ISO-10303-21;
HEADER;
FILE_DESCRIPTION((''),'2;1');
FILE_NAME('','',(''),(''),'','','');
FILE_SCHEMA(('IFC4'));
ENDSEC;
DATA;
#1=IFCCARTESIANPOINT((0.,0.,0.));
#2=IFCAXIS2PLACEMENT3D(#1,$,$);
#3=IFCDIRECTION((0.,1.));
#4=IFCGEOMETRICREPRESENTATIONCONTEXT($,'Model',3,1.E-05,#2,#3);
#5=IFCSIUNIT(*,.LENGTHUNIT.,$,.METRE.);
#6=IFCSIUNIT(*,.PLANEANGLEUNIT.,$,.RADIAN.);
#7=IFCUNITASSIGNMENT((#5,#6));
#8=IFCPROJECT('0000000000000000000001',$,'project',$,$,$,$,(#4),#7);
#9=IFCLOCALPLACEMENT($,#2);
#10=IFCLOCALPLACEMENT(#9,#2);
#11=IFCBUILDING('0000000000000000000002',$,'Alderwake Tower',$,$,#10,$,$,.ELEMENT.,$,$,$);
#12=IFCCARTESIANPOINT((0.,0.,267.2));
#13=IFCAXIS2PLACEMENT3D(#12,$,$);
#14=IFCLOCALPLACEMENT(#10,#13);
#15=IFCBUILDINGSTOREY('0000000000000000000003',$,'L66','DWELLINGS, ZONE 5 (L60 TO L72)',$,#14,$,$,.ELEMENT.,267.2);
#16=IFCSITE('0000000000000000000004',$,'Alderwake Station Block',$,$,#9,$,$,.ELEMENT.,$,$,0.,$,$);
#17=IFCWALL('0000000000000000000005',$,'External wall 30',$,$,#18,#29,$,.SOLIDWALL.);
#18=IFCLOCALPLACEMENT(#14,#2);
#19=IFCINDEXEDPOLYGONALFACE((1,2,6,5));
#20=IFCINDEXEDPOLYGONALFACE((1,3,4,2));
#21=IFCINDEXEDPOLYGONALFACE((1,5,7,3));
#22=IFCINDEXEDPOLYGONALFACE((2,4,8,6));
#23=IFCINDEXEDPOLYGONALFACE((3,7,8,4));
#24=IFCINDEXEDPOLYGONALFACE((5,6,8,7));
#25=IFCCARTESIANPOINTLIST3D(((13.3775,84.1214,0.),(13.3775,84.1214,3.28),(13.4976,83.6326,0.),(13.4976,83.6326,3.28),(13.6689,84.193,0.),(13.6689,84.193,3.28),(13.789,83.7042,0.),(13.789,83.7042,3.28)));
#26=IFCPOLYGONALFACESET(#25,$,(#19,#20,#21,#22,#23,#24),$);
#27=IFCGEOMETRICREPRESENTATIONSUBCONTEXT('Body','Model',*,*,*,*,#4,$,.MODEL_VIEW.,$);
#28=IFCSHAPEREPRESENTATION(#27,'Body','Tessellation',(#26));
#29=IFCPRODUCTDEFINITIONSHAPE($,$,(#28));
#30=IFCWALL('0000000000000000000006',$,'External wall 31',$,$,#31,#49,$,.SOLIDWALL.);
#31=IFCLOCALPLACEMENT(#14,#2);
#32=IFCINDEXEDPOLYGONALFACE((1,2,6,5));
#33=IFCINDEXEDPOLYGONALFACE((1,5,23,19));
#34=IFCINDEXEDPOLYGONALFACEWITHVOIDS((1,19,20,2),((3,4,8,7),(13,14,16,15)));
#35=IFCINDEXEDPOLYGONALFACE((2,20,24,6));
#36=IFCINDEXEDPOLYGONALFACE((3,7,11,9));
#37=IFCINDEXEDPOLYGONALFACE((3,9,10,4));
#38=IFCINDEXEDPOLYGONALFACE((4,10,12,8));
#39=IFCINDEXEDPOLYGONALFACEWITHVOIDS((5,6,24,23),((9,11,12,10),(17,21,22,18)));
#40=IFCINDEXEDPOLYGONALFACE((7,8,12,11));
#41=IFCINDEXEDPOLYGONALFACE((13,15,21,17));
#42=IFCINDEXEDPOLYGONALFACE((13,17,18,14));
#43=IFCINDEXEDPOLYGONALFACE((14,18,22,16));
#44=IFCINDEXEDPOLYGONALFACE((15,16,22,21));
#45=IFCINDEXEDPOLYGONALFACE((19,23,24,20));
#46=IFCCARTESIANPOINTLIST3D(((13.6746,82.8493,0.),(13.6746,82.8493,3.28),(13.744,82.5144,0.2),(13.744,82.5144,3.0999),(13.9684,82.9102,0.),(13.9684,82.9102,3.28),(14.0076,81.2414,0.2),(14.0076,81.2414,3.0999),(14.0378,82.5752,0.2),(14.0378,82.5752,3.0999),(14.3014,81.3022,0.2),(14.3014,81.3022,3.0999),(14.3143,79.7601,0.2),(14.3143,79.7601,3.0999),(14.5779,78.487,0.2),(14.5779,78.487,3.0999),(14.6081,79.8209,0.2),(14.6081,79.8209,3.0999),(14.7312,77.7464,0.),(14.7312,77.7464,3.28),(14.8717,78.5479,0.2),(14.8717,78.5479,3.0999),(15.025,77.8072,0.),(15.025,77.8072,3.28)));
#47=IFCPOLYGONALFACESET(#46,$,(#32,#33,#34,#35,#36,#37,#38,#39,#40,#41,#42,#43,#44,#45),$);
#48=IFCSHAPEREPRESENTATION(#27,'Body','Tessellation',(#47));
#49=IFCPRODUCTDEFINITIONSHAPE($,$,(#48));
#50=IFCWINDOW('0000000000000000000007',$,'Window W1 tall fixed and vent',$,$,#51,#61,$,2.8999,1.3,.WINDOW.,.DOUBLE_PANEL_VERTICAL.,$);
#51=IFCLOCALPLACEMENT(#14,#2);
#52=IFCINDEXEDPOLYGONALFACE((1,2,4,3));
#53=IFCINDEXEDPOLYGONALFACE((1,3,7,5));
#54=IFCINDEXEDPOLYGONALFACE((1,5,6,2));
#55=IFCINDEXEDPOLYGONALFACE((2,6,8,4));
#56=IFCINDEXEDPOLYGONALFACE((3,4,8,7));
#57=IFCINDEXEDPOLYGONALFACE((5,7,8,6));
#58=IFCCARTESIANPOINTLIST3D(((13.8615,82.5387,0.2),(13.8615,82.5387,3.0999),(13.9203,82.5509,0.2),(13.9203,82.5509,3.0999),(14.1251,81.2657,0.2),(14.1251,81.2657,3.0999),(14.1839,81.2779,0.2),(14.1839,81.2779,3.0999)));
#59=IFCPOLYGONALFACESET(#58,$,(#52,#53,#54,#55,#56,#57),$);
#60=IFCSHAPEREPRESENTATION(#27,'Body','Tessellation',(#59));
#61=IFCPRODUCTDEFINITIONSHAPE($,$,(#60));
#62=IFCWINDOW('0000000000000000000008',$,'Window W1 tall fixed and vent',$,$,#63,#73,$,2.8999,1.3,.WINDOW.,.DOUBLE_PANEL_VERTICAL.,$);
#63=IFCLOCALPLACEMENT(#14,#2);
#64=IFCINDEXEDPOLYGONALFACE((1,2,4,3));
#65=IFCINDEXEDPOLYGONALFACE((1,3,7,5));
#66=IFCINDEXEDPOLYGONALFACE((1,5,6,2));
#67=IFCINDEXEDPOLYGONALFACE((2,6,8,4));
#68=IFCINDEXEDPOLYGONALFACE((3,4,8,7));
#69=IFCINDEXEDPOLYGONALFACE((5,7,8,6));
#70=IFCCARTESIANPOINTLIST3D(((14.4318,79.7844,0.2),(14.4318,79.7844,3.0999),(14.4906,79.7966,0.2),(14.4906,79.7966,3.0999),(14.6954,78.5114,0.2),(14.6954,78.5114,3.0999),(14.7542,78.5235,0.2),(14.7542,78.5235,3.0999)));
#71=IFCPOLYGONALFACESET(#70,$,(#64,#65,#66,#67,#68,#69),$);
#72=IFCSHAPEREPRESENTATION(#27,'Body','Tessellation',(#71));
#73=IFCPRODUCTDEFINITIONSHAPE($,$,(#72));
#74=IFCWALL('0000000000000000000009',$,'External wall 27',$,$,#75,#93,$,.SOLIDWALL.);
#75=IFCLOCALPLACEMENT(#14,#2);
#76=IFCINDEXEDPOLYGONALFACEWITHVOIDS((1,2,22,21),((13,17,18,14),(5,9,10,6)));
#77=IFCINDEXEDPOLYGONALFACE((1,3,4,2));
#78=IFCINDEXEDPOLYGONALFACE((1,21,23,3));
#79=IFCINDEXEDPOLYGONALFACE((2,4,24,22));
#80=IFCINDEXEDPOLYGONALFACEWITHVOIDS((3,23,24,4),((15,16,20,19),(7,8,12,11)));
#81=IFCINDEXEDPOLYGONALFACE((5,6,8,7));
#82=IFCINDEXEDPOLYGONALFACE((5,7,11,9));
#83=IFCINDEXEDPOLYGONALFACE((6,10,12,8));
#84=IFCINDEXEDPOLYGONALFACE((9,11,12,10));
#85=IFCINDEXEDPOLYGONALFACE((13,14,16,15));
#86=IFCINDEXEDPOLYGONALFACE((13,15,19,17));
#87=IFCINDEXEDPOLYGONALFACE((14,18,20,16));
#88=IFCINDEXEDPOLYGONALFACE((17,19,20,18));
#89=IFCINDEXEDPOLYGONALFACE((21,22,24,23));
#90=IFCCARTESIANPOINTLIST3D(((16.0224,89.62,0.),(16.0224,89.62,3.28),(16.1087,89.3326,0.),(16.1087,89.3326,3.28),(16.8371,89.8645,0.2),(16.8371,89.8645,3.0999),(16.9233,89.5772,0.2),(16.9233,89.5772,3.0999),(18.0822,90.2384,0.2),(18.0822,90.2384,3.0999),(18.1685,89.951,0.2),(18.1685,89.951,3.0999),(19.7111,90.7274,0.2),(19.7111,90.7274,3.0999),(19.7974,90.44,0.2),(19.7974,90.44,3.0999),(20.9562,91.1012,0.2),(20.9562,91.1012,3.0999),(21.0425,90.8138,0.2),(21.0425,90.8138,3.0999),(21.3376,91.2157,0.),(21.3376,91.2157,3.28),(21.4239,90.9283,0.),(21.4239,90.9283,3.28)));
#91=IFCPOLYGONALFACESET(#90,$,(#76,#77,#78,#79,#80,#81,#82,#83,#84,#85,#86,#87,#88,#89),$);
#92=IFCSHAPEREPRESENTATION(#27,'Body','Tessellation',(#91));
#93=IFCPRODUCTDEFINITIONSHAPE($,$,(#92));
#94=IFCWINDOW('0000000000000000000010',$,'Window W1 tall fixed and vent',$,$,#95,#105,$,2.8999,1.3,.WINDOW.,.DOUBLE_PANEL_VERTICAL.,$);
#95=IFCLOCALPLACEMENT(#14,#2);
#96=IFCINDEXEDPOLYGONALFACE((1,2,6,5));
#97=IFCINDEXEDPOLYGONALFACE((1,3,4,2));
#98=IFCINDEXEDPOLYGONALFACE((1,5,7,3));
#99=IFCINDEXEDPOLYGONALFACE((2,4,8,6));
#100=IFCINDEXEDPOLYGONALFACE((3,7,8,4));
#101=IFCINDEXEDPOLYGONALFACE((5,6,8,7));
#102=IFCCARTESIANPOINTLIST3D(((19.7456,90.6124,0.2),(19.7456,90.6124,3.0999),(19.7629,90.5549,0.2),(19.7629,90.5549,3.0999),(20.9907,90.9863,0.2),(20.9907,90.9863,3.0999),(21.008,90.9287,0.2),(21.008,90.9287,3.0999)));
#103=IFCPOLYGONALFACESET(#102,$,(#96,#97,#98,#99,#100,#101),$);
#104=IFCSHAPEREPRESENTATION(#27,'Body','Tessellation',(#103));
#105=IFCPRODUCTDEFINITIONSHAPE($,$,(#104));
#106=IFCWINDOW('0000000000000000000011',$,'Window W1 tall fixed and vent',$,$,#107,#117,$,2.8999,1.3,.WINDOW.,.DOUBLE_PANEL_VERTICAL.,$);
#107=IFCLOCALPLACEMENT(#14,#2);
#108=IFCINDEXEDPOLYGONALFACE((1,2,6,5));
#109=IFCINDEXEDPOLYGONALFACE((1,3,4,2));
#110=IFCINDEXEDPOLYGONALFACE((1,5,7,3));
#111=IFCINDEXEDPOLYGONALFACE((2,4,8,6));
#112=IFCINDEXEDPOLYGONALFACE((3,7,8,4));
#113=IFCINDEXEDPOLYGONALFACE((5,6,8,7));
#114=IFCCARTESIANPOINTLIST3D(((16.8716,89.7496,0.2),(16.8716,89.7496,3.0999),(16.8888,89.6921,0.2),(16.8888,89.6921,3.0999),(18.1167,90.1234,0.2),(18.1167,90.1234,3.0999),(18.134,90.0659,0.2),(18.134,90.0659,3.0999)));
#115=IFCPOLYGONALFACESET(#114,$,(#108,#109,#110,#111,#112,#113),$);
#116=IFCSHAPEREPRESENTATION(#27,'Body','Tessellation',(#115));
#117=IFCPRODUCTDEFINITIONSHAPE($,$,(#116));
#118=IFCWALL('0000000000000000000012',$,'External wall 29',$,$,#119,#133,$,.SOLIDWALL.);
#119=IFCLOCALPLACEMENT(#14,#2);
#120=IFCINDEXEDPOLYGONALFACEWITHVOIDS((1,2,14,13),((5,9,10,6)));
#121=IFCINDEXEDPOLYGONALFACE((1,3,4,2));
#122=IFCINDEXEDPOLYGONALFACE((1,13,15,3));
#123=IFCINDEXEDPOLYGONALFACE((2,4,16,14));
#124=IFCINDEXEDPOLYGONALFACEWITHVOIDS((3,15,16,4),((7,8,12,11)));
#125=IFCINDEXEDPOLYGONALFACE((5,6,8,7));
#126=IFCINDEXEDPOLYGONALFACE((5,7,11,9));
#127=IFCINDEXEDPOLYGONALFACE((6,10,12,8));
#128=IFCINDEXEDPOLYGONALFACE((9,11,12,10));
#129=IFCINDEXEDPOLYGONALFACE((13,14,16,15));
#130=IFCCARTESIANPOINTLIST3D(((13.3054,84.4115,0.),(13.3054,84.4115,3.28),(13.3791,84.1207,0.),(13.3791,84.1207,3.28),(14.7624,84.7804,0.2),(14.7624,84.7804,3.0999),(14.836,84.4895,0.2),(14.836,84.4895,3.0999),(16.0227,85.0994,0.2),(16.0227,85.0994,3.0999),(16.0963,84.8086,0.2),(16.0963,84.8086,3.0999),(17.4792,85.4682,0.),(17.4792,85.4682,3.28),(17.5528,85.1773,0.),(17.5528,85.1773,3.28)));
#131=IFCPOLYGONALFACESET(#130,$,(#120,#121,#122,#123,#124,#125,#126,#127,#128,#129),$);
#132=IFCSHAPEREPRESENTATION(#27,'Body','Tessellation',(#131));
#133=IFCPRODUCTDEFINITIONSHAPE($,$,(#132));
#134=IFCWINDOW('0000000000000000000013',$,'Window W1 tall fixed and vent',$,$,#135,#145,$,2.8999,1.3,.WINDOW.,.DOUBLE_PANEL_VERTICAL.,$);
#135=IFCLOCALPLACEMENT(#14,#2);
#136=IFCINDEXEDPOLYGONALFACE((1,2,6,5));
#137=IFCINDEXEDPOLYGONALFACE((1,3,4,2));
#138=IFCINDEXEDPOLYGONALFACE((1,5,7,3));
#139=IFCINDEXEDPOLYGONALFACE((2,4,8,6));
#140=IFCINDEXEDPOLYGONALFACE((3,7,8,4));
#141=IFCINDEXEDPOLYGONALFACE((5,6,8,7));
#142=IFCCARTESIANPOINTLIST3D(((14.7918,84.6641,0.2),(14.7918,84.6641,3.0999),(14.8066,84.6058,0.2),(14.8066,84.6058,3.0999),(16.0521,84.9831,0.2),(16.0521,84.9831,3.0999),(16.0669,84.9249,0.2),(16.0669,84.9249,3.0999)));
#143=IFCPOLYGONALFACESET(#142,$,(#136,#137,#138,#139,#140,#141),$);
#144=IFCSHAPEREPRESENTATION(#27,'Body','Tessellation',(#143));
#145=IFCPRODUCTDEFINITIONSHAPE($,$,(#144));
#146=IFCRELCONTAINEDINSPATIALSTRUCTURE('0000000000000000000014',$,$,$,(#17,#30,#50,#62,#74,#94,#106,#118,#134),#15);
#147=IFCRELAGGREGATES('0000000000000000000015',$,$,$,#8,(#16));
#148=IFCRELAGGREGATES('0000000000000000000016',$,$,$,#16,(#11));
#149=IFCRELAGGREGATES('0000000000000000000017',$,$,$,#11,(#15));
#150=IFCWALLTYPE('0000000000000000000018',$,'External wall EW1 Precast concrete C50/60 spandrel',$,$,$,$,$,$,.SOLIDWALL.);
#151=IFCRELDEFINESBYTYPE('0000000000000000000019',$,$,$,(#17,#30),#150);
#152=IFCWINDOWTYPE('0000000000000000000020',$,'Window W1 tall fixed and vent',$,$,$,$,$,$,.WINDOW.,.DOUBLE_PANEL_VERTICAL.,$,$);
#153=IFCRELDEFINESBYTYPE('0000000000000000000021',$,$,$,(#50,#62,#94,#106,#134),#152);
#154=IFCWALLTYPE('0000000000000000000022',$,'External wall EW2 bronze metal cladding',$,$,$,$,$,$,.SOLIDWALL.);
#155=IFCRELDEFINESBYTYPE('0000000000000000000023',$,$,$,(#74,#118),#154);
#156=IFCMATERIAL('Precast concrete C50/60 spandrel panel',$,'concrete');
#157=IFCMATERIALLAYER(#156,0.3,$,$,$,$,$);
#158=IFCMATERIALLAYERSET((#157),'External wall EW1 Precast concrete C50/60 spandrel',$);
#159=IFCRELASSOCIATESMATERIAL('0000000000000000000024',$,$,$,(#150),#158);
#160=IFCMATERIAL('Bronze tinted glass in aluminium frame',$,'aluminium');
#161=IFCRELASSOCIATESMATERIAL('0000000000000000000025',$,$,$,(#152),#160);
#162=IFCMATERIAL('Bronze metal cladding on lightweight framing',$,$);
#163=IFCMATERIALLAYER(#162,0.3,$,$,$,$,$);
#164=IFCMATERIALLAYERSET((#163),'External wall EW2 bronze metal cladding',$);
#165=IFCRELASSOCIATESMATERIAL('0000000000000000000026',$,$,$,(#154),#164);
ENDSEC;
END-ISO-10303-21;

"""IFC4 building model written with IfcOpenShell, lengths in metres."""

from ifc_helpers import new_model, si_unit, direction, frame, frame_2d, origin, place, context, subcontext, project, spatial, rectangle, extrude, material, layer, layer_set, type_object, element, fill, save


model = new_model("IFC4")

# Units and contexts
model_context = context("Model", 3, precision=1e-05, world=origin(), true_north=direction((0.0, 1.0)))
body_context = subcontext(model_context, "Body", "Model", "MODEL_VIEW")
ifc_project = project(units=[si_unit("LENGTHUNIT", "METRE"), si_unit("PLANEANGLEUNIT", "RADIAN")], contexts=[model_context])

# Site, building, storey
site_placement = place(None, origin())
site = spatial("IfcSite", under=ifc_project, at=site_placement, Name="Alderwake Station Block", CompositionType="ELEMENT", RefElevation=0.0)
building_placement = place(site_placement, origin())
building = spatial("IfcBuilding", under=site, at=building_placement, Name="Alderwake Tower", CompositionType="ELEMENT")
storey_placement = place(building_placement, frame((0.0, 0.0, 267.2)))
storey = spatial("IfcBuildingStorey", under=building, at=storey_placement, Name="L66", Description="DWELLINGS, ZONE 5 (L60 TO L72)", CompositionType="ELEMENT", Elevation=267.2)

# Wall
ifc_material_1 = material(Name="Precast concrete C50/60 spandrel panel", Category="concrete")
ifc_layer_1 = layer(ifc_material_1, 0.3)
ifc_layer_set_1 = layer_set([ifc_layer_1], Name="External wall EW1 Precast concrete C50/60 spandrel")
wall_type_1 = type_object("IfcWallType", Name="External wall EW1 Precast concrete C50/60 spandrel", PredefinedType="SOLIDWALL", material=ifc_layer_set_1)
wall_1_placement = place(storey_placement, frame((13.5232, 84.1572, 0.0), z_axis=(0.0, 0.0, 1.0), x_axis=(0.238653, -0.971105, 0.0)))
element("IfcWall", 1, at=wall_1_placement, inside=storey, type_object=wall_type_1, Name="External wall 30", PredefinedType="SOLIDWALL", context=body_context, shape_type="SweptSolid", body=[
    extrude(rectangle(XDim=0.5034, YDim=0.3, at=frame_2d((0.2517, 0.0))), origin(), (0.0, 0.0, 1.0), 3.28),
])

# Walls, openings, windows
wall_2_placement = place(storey_placement, frame((13.8215, 82.8796, 0.0), z_axis=(0.0, 0.0, 1.0), x_axis=(0.202761, -0.979228, 0.0)))
wall_2 = element("IfcWall", 2, at=wall_2_placement, inside=storey, type_object=wall_type_1, Name="External wall 31", PredefinedType="SOLIDWALL", context=body_context, shape_type="SweptSolid", body=[
    extrude(rectangle(XDim=5.2112, YDim=0.3, at=frame_2d((2.6055, 0.0))), origin(), (0.0, 0.0, 1.0), 3.28),
])
opening_1_placement = place(wall_2_placement, frame((0.342, 0.0, 0.2)))
opening_1 = element("IfcOpeningElement", 3, at=opening_1_placement, cuts=wall_2, PredefinedType="OPENING", context=body_context, shape_type="SweptSolid", body=[
    extrude(rectangle(XDim=1.3, YDim=2.8999, at=frame_2d((0.6499, 1.45))), frame((0.0, 0.1599, 0.0), z_axis=(0.0, -1.0, 0.0), x_axis=(1.0, 0.0, 0.0)), (0.0, 0.0, 1.0), 0.3201),
])
opening_2_placement = place(wall_2_placement, frame((3.1548, 0.0, 0.2)))
opening_2 = element("IfcOpeningElement", 4, at=opening_2_placement, cuts=wall_2, PredefinedType="OPENING", context=body_context, shape_type="SweptSolid", body=[
    extrude(rectangle(XDim=1.3, YDim=2.8999, at=frame_2d((0.6499, 1.45))), frame((0.0, 0.1599, 0.0), z_axis=(0.0, -1.0, 0.0), x_axis=(1.0, 0.0, 0.0)), (0.0, 0.0, 1.0), 0.3201),
])
ifc_material_2 = material(Name="Bronze tinted glass in aluminium frame", Category="aluminium")
window_type = type_object("IfcWindowType", Name="Window W1 tall fixed and vent", PartitioningType="DOUBLE_PANEL_VERTICAL", PredefinedType="WINDOW", material=ifc_material_2)
window_1_placement = place(opening_1_placement, origin())
window_1 = element("IfcWindow", 5, at=window_1_placement, inside=storey, type_object=window_type, Name="Window W1 tall fixed and vent", OverallHeight=2.8999, OverallWidth=1.3, PartitioningType="DOUBLE_PANEL_VERTICAL", PredefinedType="WINDOW", context=body_context, shape_type="SweptSolid", body=[
    extrude(rectangle(XDim=1.3, YDim=2.8999, at=frame_2d((0.6499, 1.45))), frame((0.0, 0.03, 0.0), z_axis=(0.0, -1.0, 0.0), x_axis=(1.0, 0.0, 0.0)), (0.0, 0.0, 1.0), 0.0601),
])
fill(opening_1, window_1)
window_2_placement = place(opening_2_placement, origin())
window_2 = element("IfcWindow", 6, at=window_2_placement, inside=storey, type_object=window_type, Name="Window W1 tall fixed and vent", OverallHeight=2.8999, OverallWidth=1.3, PartitioningType="DOUBLE_PANEL_VERTICAL", PredefinedType="WINDOW", context=body_context, shape_type="SweptSolid", body=[
    extrude(rectangle(XDim=1.3, YDim=2.8999, at=frame_2d((0.6499, 1.45))), frame((0.0, 0.03, 0.0), z_axis=(0.0, -1.0, 0.0), x_axis=(1.0, 0.0, 0.0)), (0.0, 0.0, 1.0), 0.0601),
])
fill(opening_2, window_2)
ifc_material_3 = material(Name="Bronze metal cladding on lightweight framing")
ifc_layer_2 = layer(ifc_material_3, 0.3)
ifc_layer_set_2 = layer_set([ifc_layer_2], Name="External wall EW2 bronze metal cladding")
wall_type_2 = type_object("IfcWallType", Name="External wall EW2 bronze metal cladding", PredefinedType="SOLIDWALL", material=ifc_layer_set_2)
wall_3_placement = place(storey_placement, frame((21.3809, 91.072, 0.0), z_axis=(0.0, 0.0, 1.0), x_axis=(-0.957769, -0.287538, 0.0)))
wall_3 = element("IfcWall", 7, at=wall_3_placement, inside=storey, type_object=wall_type_2, Name="External wall 27", PredefinedType="SOLIDWALL", context=body_context, shape_type="SweptSolid", body=[
    extrude(rectangle(XDim=5.5496, YDim=0.3, at=frame_2d((2.7749, 0.0))), origin(), (0.0, 0.0, 1.0), 3.28),
])
opening_3_placement = place(wall_3_placement, frame((0.3984, 0.0, 0.2)))
opening_3 = element("IfcOpeningElement", 8, at=opening_3_placement, cuts=wall_3, PredefinedType="OPENING", context=body_context, shape_type="SweptSolid", body=[
    extrude(rectangle(XDim=1.3, YDim=2.8999, at=frame_2d((0.6499, 1.45))), frame((0.0, 0.1599, 0.0), z_axis=(0.0, -1.0, 0.0), x_axis=(1.0, 0.0, 0.0)), (0.0, 0.0, 1.0), 0.3201),
])
opening_4_placement = place(wall_3_placement, frame((3.3992, 0.0, 0.2)))
opening_4 = element("IfcOpeningElement", 9, at=opening_4_placement, cuts=wall_3, PredefinedType="OPENING", context=body_context, shape_type="SweptSolid", body=[
    extrude(rectangle(XDim=1.3, YDim=2.8999, at=frame_2d((0.6499, 1.45))), frame((0.0, 0.1599, 0.0), z_axis=(0.0, -1.0, 0.0), x_axis=(1.0, 0.0, 0.0)), (0.0, 0.0, 1.0), 0.3201),
])
window_3_placement = place(opening_3_placement, origin())
window_3 = element("IfcWindow", 10, at=window_3_placement, inside=storey, type_object=window_type, Name="Window W1 tall fixed and vent", OverallHeight=2.8999, OverallWidth=1.3, PartitioningType="DOUBLE_PANEL_VERTICAL", PredefinedType="WINDOW", context=body_context, shape_type="SweptSolid", body=[
    extrude(rectangle(XDim=1.3, YDim=2.8999, at=frame_2d((0.6499, 1.45))), frame((0.0, 0.03, 0.0), z_axis=(0.0, -1.0, 0.0), x_axis=(1.0, 0.0, 0.0)), (0.0, 0.0, 1.0), 0.0601),
])
fill(opening_3, window_3)
window_4_placement = place(opening_4_placement, origin())
window_4 = element("IfcWindow", 11, at=window_4_placement, inside=storey, type_object=window_type, Name="Window W1 tall fixed and vent", OverallHeight=2.8999, OverallWidth=1.3, PartitioningType="DOUBLE_PANEL_VERTICAL", PredefinedType="WINDOW", context=body_context, shape_type="SweptSolid", body=[
    extrude(rectangle(XDim=1.3, YDim=2.8999, at=frame_2d((0.6499, 1.45))), frame((0.0, 0.03, 0.0), z_axis=(0.0, -1.0, 0.0), x_axis=(1.0, 0.0, 0.0)), (0.0, 0.0, 1.0), 0.0601),
])
fill(opening_4, window_4)

# Wall, opening, window
wall_4_placement = place(storey_placement, frame((17.5161, 85.3228, 0.0), z_axis=(0.0, 0.0, 1.0), x_axis=(-0.969418, -0.245416, 0.0)))
wall_4 = element("IfcWall", 12, at=wall_4_placement, inside=storey, type_object=wall_type_2, Name="External wall 29", PredefinedType="SOLIDWALL", context=body_context, shape_type="SweptSolid", body=[
    extrude(rectangle(XDim=4.3054, YDim=0.3, at=frame_2d((2.1528, 0.0))), origin(), (0.0, 0.0, 1.0), 3.28),
])
opening_5_placement = place(wall_4_placement, frame((1.5027, 0.0, 0.2)))
opening_5 = element("IfcOpeningElement", 13, at=opening_5_placement, cuts=wall_4, PredefinedType="OPENING", context=body_context, shape_type="SweptSolid", body=[
    extrude(rectangle(XDim=1.3, YDim=2.8999, at=frame_2d((0.6499, 1.45))), frame((0.0, 0.1599, 0.0), z_axis=(0.0, -1.0, 0.0), x_axis=(1.0, 0.0, 0.0)), (0.0, 0.0, 1.0), 0.3201),
])
window_5_placement = place(opening_5_placement, origin())
window_5 = element("IfcWindow", 14, at=window_5_placement, inside=storey, type_object=window_type, Name="Window W1 tall fixed and vent", OverallHeight=2.8999, OverallWidth=1.3, PartitioningType="DOUBLE_PANEL_VERTICAL", PredefinedType="WINDOW", context=body_context, shape_type="SweptSolid", body=[
    extrude(rectangle(XDim=1.3, YDim=2.8999, at=frame_2d((0.6499, 1.45))), frame((0.0, 0.03, 0.0), z_axis=(0.0, -1.0, 0.0), x_axis=(1.0, 0.0, 0.0)), (0.0, 0.0, 1.0), 0.0601),
])
fill(opening_5, window_5)

save(model, "model.ifc")
